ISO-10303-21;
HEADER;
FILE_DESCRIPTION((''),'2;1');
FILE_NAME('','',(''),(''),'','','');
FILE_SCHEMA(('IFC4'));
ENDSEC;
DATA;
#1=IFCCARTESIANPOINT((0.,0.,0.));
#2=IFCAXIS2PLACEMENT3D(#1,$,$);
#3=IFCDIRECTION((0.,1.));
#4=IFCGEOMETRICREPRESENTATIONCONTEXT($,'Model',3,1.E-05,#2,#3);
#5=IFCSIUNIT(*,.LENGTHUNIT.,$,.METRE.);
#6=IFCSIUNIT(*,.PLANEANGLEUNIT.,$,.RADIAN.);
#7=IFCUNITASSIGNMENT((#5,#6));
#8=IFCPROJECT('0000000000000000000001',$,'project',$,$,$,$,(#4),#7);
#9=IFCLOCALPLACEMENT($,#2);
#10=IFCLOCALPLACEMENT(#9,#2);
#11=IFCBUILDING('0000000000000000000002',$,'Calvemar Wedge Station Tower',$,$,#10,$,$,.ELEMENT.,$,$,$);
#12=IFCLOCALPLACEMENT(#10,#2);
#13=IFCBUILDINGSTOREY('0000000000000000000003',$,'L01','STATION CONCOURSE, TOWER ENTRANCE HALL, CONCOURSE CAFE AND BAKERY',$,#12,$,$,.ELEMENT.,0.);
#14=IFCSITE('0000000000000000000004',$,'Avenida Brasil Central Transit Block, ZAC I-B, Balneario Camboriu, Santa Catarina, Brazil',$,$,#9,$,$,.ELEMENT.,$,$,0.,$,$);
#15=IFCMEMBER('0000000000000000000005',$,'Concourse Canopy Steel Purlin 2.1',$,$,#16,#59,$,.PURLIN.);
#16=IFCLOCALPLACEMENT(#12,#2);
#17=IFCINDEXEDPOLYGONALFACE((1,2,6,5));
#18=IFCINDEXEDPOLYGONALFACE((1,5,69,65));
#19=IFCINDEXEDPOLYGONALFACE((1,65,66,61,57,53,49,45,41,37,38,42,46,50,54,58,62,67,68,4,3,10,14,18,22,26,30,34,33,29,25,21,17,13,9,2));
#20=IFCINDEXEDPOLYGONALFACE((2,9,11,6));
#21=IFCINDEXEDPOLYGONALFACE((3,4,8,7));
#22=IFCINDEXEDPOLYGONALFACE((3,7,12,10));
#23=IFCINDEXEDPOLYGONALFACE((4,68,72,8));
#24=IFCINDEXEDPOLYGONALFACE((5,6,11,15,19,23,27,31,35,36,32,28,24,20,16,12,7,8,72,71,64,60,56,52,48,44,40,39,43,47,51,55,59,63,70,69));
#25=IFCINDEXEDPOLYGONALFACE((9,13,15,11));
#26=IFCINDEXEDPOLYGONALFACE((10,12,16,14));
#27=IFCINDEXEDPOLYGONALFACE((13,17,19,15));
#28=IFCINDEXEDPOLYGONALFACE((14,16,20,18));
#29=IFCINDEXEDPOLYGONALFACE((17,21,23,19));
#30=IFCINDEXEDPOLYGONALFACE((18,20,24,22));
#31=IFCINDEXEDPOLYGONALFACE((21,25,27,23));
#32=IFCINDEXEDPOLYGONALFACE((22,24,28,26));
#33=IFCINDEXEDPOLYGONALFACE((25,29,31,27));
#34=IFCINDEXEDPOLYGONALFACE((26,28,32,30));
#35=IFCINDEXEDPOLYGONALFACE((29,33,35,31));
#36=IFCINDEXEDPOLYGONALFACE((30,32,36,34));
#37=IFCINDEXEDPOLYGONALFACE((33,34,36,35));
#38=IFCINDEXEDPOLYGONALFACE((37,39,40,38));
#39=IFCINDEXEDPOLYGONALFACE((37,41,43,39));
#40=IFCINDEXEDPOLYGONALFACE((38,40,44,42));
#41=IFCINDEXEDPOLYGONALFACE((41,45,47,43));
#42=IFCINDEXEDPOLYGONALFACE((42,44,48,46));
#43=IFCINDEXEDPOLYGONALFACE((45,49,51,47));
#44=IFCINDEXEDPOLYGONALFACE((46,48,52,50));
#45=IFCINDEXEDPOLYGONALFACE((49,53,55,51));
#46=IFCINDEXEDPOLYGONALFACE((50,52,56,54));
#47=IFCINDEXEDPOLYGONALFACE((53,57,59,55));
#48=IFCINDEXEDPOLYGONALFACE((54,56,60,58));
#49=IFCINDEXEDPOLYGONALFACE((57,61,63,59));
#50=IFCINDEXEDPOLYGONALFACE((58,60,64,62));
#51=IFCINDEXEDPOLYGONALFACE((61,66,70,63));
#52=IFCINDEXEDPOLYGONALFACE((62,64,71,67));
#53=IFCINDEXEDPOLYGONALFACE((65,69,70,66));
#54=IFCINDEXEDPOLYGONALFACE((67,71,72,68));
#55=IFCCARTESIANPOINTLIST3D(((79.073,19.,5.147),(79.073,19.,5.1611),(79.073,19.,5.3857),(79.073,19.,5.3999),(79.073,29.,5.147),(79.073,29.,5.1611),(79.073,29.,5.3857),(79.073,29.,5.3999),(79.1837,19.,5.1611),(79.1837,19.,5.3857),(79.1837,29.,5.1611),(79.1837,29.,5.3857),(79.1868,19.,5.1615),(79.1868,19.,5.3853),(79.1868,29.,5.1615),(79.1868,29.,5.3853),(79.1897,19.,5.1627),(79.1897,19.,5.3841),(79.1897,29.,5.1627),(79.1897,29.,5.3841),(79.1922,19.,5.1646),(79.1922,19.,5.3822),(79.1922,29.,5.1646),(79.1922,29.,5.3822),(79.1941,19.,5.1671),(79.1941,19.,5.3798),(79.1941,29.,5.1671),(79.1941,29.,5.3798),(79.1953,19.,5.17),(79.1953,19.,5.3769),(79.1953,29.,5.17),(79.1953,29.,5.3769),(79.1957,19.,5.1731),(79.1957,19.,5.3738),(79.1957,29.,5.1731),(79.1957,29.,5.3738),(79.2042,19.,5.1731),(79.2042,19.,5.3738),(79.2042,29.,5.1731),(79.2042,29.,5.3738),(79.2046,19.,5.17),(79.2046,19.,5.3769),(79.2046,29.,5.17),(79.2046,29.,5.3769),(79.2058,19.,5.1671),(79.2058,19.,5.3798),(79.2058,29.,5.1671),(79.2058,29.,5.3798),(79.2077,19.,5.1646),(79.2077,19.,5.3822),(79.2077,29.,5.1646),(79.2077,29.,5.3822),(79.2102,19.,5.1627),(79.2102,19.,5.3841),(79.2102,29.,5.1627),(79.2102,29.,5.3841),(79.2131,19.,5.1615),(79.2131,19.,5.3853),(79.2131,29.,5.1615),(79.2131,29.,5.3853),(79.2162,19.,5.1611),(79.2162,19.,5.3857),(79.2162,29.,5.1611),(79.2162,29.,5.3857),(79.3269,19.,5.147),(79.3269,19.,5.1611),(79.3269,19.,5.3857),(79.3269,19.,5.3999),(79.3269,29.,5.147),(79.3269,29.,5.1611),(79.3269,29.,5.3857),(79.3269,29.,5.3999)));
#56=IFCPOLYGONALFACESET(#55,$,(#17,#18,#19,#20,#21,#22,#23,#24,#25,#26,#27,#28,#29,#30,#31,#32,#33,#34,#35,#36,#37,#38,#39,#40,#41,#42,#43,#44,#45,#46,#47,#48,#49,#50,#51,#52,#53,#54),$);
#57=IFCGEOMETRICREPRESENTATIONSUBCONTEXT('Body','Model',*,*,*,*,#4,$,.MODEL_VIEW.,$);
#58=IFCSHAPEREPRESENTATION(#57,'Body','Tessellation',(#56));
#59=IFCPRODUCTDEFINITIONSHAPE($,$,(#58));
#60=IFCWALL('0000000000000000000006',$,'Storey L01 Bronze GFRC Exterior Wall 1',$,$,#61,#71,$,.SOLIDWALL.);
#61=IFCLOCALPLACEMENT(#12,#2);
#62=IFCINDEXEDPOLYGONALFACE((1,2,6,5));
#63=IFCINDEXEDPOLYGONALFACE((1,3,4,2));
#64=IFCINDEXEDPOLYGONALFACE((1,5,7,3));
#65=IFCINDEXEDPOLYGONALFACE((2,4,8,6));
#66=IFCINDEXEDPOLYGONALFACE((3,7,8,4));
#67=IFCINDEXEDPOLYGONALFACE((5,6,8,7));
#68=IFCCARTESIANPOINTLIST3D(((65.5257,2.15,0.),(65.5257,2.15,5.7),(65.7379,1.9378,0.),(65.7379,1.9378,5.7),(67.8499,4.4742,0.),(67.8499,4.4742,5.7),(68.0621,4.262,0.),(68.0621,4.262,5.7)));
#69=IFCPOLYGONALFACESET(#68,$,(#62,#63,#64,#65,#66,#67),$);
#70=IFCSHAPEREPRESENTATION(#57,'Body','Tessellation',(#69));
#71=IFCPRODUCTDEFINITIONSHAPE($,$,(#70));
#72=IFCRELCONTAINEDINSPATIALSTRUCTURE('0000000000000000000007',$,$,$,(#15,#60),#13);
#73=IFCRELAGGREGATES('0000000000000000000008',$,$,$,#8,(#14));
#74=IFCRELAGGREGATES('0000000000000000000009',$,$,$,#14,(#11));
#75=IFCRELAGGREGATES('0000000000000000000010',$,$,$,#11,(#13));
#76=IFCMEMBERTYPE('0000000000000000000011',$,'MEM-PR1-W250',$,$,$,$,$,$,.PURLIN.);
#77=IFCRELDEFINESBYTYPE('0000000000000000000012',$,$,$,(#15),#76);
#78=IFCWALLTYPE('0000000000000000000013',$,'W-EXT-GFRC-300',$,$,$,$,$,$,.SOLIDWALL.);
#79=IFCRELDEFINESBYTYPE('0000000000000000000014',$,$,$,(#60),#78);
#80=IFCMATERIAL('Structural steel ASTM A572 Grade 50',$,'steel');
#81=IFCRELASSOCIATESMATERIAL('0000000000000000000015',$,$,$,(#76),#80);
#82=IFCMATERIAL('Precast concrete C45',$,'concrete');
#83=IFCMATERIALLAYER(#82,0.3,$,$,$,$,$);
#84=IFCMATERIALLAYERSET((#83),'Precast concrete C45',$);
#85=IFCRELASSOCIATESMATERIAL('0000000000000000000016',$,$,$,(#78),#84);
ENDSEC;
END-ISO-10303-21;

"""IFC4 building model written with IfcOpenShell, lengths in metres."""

from ifc_helpers import new_model, si_unit, direction, frame, frame_2d, origin, origin_2d, place, context, subcontext, project, spatial, rectangle, i_section, extrude, source, transform, mapped, material, layer, layer_set, material_profile, profile_set, type_object, element, save


model = new_model("IFC4")

# Units and contexts
model_context = context("Model", 3, precision=1e-05, world=origin(), true_north=direction((0.0, 1.0)))
body_context = subcontext(model_context, "Body", "Model", "MODEL_VIEW")
ifc_project = project(units=[si_unit("LENGTHUNIT", "METRE"), si_unit("PLANEANGLEUNIT", "RADIAN")], contexts=[model_context])

# Site, building, storey
site_placement = place(None, origin())
site = spatial("IfcSite", under=ifc_project, at=site_placement, Name="Avenida Brasil Central Transit Block, ZAC I-B, Balneario Camboriu, Santa Catarina, Brazil", CompositionType="ELEMENT", RefElevation=0.0)
building_placement = place(site_placement, origin())
building = spatial("IfcBuilding", under=site, at=building_placement, Name="Calvemar Wedge Station Tower", CompositionType="ELEMENT")
storey_placement = place(building_placement, origin())
storey = spatial("IfcBuildingStorey", under=building, at=storey_placement, Name="L01", Description="STATION CONCOURSE, TOWER ENTRANCE HALL, CONCOURSE CAFE AND BAKERY", CompositionType="ELEMENT", Elevation=0.0)

# Shared definitions
ifc_material_1 = material(Name="Structural steel ASTM A572 Grade 50", Category="steel")

# Member
ifc_material_profile_1 = material_profile(ifc_material_1, i_section(OverallWidth=0.2539, OverallDepth=0.2529, WebThickness=0.0085, FlangeThickness=0.0142, FilletRadius=0.012, at=origin_2d()), Name="W250x73")
ifc_profile_set_1 = profile_set([ifc_material_profile_1], Name="Structural steel ASTM A572 Grade 50")
member_type = type_object("IfcMemberType", Name="MEM-PR1-W250", PredefinedType="PURLIN", material=ifc_profile_set_1)
shared_shape_1 = source(origin(), body_context, "Body", "SweptSolid", [
    extrude(i_section(OverallWidth=0.2539, OverallDepth=0.2529, WebThickness=0.0085, FlangeThickness=0.0142, FilletRadius=0.012, at=origin_2d()), origin(), (0.0, 0.0, 1.0), 10.0),
])
for number, where, z_axis, x_axis, name in (
    (1, (79.2, 19.0, 5.2734), (0.0, 1.0, 0.0), (-1.0, 0.0, 0.0), "Concourse Canopy Steel Purlin 2.1"),
):
    element("IfcMember", number, at=place(storey_placement, frame(where, z_axis=z_axis, x_axis=x_axis)), inside=storey, type_object=member_type, Name=name, PredefinedType="PURLIN", context=body_context, shape_type="MappedRepresentation", body=[
        mapped(shared_shape_1, transform((0.0, 0.0, 0.0), scale=1.0)),
    ])

# Wall
ifc_material_2 = material(Name="Precast concrete C45", Category="concrete")
ifc_layer_1 = layer(ifc_material_2, 0.3)
ifc_layer_set_1 = layer_set([ifc_layer_1], Name="Precast concrete C45")
wall_type = type_object("IfcWallType", Name="W-EXT-GFRC-300", PredefinedType="SOLIDWALL", material=ifc_layer_set_1)
wall_1_placement = place(storey_placement, frame((67.9561, 4.3682, 0.0), z_axis=(0.0, 0.0, 1.0), x_axis=(-0.707107, -0.707107, 0.0)))
element("IfcWall", 2, at=wall_1_placement, inside=storey, type_object=wall_type, Name="Storey L01 Bronze GFRC Exterior Wall 1", PredefinedType="SOLIDWALL", context=body_context, shape_type="SweptSolid", body=[
    extrude(rectangle(XDim=3.2869, YDim=0.3, at=frame_2d((1.6436, 0.0))), origin(), (0.0, 0.0, 1.0), 5.7),
])

save(model, "model.ifc")
